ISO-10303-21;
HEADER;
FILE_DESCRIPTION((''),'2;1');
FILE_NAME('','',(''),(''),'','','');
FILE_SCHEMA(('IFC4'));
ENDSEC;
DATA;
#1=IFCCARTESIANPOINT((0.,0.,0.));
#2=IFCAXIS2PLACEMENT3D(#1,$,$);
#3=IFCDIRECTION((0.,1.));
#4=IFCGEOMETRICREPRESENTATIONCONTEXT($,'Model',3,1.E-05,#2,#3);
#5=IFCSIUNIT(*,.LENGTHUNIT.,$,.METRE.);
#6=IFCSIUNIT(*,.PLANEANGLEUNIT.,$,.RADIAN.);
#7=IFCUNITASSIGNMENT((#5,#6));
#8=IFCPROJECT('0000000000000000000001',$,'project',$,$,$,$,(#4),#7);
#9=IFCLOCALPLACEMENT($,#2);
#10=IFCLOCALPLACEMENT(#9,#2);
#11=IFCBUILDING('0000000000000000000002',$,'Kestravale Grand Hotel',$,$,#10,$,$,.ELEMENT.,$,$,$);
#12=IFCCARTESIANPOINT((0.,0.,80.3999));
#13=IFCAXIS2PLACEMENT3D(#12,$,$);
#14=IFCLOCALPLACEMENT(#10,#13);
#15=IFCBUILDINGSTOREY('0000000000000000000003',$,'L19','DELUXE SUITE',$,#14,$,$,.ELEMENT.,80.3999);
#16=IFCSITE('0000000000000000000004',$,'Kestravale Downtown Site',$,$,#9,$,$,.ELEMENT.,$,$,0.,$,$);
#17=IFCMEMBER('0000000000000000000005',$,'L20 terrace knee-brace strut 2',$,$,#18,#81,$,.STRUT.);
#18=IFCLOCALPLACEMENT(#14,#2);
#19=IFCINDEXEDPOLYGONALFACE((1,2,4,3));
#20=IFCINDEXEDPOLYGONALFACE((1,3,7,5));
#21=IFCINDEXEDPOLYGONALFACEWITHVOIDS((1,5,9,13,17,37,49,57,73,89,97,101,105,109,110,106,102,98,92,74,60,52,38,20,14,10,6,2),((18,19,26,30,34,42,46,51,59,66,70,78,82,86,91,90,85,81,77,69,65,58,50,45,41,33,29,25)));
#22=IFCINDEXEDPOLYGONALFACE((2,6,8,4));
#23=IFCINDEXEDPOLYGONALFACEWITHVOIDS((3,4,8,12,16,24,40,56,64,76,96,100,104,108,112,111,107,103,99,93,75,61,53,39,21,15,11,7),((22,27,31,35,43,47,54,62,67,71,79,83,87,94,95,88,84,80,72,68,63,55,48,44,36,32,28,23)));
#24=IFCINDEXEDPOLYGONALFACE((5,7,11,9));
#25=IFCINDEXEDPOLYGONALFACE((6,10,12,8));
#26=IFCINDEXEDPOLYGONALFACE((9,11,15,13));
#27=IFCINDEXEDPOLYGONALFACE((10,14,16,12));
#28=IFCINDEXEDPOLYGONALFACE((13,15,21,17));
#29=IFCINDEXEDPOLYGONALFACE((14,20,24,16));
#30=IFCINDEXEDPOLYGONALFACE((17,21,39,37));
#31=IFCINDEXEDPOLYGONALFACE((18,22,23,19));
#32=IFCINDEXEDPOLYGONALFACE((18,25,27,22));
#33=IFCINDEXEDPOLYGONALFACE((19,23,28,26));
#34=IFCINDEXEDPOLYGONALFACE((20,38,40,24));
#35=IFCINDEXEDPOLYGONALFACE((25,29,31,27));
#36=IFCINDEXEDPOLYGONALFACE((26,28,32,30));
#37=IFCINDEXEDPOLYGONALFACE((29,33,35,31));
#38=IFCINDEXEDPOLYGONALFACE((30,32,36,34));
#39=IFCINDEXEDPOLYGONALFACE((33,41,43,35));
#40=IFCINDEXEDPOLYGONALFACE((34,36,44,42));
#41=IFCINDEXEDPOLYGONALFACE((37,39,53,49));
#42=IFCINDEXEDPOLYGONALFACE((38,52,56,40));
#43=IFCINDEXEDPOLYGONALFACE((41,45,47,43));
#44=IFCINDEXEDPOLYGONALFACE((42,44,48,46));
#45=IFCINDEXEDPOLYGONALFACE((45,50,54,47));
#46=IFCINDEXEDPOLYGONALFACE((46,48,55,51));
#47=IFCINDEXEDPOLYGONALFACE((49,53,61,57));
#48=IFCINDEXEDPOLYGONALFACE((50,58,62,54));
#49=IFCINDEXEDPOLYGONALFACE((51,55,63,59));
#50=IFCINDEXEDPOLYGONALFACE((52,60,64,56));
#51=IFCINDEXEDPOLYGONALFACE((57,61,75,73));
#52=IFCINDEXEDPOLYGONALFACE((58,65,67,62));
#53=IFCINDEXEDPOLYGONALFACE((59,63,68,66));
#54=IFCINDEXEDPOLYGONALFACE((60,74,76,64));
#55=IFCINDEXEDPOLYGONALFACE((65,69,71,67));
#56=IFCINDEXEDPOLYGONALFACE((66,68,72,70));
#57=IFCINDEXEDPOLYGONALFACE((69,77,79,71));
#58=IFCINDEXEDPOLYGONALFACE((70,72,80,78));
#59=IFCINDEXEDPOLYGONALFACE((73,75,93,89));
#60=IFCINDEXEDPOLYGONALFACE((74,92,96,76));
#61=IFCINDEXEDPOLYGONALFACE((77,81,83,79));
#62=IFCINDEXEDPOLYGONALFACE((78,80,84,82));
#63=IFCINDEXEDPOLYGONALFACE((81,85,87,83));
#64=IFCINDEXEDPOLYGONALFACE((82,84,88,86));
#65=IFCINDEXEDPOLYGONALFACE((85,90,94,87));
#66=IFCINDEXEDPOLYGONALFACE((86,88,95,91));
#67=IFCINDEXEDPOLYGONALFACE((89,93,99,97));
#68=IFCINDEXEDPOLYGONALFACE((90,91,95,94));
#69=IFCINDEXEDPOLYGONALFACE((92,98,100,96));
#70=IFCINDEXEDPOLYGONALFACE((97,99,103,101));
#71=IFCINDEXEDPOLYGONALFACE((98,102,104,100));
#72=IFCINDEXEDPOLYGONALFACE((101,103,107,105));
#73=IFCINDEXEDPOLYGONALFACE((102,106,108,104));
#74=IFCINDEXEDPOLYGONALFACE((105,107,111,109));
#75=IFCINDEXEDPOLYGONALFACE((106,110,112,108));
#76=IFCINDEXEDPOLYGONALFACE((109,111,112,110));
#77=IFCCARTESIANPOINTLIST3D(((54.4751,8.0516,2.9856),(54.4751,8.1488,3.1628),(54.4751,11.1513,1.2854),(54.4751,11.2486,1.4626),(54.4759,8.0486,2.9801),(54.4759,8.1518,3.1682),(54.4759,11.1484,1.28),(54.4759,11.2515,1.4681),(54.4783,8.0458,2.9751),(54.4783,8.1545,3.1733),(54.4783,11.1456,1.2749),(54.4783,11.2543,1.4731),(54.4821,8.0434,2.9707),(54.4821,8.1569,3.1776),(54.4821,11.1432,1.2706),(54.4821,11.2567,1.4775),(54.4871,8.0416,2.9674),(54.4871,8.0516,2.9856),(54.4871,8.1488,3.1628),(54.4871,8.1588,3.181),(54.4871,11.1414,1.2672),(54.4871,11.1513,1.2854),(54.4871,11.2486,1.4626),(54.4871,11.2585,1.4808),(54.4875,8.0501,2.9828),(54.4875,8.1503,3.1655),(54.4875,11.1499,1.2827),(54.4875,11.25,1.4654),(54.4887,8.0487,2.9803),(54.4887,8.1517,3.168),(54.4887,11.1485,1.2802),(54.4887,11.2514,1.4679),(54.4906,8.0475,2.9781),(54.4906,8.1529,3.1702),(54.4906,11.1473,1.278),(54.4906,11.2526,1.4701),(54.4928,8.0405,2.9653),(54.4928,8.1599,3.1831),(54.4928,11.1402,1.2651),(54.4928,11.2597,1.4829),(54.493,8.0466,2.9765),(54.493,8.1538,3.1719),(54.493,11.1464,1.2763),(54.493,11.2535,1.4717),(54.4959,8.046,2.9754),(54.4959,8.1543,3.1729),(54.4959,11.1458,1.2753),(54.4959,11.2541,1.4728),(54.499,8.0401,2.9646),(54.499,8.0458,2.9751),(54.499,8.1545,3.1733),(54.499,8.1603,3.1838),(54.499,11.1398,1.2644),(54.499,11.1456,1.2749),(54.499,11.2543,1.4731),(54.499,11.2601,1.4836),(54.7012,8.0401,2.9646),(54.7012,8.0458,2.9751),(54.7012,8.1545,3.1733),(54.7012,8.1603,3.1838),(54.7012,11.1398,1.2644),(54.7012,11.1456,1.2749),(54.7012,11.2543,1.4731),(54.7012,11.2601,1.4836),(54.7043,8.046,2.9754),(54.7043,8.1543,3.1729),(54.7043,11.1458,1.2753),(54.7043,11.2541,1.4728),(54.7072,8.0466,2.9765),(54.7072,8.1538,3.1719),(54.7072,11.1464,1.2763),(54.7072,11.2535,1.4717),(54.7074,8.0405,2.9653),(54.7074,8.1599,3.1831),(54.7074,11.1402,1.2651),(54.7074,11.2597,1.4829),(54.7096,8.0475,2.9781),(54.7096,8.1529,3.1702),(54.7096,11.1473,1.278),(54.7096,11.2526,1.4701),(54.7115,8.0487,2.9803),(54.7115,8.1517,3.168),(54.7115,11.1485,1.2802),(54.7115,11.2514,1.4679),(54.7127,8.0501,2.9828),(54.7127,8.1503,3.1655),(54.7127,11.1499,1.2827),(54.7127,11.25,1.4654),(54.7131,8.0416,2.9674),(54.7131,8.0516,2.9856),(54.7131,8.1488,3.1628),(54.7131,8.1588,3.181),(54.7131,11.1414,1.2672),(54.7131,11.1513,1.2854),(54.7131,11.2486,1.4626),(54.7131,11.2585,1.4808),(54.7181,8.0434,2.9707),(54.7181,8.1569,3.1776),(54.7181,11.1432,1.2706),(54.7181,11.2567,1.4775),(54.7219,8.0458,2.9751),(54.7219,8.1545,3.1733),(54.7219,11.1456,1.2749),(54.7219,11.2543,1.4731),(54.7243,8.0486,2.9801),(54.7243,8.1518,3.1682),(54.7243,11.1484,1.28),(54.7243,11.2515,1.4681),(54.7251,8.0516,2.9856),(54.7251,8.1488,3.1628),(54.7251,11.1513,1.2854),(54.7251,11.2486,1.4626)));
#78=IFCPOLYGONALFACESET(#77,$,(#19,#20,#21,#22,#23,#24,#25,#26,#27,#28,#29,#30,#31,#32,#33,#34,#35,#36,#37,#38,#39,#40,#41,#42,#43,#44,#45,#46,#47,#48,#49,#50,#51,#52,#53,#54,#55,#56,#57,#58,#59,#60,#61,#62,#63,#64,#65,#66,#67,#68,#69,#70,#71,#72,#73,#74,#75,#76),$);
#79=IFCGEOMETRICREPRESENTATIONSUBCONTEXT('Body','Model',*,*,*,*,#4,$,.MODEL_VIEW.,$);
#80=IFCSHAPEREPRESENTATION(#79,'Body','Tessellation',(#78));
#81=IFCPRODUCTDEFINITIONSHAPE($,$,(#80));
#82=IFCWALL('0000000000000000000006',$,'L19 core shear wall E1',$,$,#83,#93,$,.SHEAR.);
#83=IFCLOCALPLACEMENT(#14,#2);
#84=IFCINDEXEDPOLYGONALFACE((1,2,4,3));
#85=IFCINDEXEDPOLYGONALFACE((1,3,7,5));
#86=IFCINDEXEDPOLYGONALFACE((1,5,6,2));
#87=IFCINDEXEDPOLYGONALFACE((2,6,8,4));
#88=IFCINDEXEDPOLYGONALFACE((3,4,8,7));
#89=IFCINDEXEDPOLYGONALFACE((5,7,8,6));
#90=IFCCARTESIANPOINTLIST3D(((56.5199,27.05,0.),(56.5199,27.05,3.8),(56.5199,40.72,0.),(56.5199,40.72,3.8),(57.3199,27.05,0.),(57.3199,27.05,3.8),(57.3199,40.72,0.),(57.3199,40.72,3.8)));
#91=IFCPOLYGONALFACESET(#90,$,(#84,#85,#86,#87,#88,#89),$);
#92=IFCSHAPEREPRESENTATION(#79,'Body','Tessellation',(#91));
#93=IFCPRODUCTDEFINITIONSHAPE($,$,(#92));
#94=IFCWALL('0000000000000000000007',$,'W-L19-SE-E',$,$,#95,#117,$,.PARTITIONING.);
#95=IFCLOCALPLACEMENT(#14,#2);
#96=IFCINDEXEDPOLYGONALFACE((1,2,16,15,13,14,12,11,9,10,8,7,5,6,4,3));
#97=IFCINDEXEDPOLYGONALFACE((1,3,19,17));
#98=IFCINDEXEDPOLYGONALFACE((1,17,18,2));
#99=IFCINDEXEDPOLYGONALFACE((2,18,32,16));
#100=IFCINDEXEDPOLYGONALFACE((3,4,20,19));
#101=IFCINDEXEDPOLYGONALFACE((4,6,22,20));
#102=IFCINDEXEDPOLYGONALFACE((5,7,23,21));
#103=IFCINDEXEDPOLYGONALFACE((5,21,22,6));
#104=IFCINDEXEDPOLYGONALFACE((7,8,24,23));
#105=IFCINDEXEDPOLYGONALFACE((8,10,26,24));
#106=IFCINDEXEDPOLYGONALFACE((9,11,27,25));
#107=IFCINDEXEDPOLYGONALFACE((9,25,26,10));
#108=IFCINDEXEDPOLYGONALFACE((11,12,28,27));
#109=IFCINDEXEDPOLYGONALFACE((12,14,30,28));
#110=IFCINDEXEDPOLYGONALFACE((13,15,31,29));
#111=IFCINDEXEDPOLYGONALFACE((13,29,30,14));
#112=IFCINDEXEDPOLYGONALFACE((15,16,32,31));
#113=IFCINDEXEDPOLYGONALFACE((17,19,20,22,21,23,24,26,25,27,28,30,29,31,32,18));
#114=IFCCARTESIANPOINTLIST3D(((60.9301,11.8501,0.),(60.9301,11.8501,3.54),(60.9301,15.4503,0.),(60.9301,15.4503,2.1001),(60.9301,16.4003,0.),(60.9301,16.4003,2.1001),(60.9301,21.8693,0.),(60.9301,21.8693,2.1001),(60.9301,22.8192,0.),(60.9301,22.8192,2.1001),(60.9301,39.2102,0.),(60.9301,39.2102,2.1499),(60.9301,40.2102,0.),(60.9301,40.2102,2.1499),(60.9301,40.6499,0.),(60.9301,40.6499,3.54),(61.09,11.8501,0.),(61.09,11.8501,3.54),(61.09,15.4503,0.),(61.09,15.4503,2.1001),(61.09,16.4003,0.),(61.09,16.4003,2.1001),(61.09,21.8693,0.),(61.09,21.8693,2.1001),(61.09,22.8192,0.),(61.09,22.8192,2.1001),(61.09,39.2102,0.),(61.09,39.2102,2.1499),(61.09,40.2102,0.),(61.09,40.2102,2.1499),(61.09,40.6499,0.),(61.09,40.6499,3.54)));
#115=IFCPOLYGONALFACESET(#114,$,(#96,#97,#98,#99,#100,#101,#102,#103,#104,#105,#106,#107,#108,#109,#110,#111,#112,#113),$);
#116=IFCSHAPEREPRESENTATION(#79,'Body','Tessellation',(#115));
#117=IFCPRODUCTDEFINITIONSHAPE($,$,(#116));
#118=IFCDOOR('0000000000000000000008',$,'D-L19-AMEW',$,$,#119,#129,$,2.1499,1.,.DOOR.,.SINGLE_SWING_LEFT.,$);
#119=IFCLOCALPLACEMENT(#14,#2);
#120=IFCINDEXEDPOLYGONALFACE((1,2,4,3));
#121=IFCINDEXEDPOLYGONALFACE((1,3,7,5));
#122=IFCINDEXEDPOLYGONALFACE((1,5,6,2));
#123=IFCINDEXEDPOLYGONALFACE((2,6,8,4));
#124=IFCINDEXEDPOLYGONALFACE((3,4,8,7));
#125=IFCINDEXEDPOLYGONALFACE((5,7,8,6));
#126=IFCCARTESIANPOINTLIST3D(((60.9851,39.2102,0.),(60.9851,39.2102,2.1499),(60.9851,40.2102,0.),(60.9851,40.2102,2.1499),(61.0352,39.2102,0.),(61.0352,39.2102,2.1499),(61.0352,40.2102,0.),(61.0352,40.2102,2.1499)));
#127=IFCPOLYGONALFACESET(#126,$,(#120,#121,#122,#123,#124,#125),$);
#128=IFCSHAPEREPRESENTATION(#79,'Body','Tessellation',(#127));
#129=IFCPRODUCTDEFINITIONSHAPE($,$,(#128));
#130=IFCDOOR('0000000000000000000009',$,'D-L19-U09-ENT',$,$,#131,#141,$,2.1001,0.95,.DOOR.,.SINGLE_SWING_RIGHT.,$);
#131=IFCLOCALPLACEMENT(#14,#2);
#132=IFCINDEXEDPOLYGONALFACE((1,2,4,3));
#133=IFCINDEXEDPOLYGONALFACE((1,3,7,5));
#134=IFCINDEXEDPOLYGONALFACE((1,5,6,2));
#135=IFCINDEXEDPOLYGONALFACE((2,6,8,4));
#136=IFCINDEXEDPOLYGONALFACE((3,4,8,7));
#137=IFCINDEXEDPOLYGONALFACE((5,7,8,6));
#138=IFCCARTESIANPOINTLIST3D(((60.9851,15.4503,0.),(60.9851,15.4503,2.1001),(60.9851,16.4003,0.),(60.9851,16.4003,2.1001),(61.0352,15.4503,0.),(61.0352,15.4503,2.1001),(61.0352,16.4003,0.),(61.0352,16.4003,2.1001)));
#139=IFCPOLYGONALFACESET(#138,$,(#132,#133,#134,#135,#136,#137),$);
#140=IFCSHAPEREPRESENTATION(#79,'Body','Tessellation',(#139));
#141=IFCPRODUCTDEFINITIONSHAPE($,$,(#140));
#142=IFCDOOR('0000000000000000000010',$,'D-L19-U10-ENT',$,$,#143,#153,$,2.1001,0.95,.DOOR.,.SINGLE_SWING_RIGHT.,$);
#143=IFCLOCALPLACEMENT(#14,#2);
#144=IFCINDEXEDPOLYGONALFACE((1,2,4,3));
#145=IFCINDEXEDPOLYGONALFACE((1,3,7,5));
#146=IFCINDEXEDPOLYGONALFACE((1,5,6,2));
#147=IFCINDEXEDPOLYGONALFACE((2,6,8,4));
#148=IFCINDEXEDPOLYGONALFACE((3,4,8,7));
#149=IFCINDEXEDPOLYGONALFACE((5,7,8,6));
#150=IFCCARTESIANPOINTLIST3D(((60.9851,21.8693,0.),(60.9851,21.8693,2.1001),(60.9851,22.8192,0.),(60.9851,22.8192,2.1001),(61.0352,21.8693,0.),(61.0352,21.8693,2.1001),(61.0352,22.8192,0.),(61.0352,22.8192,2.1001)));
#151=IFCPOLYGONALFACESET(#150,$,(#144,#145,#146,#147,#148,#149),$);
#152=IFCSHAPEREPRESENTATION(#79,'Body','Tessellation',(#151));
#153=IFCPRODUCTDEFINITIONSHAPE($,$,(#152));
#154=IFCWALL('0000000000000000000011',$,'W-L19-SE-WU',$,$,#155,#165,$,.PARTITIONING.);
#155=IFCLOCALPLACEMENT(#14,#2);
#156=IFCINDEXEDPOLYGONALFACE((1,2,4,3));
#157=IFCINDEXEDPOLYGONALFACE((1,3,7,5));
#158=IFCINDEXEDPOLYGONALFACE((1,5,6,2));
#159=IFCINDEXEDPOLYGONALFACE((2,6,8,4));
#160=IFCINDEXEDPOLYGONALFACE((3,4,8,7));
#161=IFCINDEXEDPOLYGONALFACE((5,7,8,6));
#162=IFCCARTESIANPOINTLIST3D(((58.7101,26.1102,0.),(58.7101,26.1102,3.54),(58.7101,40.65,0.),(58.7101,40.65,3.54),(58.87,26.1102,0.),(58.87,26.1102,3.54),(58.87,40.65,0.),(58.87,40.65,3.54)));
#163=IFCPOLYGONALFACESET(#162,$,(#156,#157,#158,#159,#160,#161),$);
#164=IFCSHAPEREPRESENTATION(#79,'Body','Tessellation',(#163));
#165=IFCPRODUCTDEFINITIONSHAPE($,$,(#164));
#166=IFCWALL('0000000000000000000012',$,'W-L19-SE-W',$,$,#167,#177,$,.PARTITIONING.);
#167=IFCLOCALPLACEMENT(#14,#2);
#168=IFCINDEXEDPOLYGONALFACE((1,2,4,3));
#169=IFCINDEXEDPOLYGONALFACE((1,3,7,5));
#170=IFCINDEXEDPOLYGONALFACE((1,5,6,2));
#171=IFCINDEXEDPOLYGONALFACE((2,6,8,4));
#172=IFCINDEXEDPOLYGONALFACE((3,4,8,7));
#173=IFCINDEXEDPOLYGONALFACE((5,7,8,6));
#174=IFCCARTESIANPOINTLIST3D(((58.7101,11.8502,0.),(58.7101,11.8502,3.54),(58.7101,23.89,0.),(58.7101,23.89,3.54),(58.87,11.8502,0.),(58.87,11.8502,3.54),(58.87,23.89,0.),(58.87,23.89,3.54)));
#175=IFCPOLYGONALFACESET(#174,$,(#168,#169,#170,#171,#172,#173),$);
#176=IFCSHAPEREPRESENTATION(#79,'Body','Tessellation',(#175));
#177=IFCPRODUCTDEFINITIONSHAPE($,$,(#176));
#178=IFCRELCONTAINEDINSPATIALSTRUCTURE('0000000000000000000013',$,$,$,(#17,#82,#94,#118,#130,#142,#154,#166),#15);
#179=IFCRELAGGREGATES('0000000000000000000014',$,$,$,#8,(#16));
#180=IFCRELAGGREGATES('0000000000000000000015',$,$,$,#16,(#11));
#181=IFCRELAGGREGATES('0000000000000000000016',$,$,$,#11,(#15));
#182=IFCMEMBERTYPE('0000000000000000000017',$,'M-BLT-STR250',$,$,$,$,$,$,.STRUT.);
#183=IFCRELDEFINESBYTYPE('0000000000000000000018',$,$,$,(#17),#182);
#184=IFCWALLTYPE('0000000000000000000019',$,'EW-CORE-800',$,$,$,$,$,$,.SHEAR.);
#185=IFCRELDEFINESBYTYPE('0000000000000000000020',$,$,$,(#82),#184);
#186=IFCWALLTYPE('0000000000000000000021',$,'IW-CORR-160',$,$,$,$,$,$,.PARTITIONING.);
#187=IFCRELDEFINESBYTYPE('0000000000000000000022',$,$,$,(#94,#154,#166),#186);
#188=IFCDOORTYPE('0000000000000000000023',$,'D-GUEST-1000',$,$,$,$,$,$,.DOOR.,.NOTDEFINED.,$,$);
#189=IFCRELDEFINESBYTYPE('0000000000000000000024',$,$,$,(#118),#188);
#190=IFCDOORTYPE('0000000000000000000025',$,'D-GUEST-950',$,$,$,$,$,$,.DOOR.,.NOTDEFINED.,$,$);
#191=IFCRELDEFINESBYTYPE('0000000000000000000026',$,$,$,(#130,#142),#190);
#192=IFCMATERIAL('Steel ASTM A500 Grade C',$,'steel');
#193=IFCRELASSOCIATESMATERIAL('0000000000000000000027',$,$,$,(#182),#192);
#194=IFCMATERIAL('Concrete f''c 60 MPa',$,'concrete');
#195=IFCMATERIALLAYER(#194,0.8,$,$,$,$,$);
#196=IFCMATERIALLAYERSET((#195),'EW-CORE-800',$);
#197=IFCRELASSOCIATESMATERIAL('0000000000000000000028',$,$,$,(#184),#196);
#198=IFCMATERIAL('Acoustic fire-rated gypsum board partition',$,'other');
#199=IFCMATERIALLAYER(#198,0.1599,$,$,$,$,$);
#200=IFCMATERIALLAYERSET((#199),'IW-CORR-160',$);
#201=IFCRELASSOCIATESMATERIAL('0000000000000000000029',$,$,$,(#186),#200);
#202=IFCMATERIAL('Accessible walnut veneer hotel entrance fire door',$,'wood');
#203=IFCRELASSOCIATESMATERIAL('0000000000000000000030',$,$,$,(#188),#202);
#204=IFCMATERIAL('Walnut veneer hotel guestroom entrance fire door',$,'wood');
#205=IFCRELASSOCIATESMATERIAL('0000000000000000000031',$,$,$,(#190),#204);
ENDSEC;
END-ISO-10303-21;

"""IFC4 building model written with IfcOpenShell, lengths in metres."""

from ifc_helpers import new_model, si_unit, direction, frame, frame_2d, origin, origin_2d, place, context, subcontext, project, spatial, rectangle, hollow_rectangle, extrude, material, layer, layer_set, material_profile, profile_set, type_object, element, fill, save


model = new_model("IFC4")

# Units and contexts
model_context = context("Model", 3, precision=1e-05, world=origin(), true_north=direction((0.0, 1.0)))
body_context = subcontext(model_context, "Body", "Model", "MODEL_VIEW")
ifc_project = project(units=[si_unit("LENGTHUNIT", "METRE"), si_unit("PLANEANGLEUNIT", "RADIAN")], contexts=[model_context])

# Site, building, storey
site_placement = place(None, origin())
site = spatial("IfcSite", under=ifc_project, at=site_placement, Name="Kestravale Downtown Site", CompositionType="ELEMENT", RefElevation=0.0)
building_placement = place(site_placement, origin())
building = spatial("IfcBuilding", under=site, at=building_placement, Name="Kestravale Grand Hotel", CompositionType="ELEMENT")
storey_placement = place(building_placement, frame((0.0, 0.0, 80.3999)))
storey = spatial("IfcBuildingStorey", under=building, at=storey_placement, Name="L19", Description="DELUXE SUITE", CompositionType="ELEMENT", Elevation=80.3999)

# Member
ifc_material_1 = material(Name="Steel ASTM A500 Grade C", Category="steel")
ifc_material_profile_1 = material_profile(ifc_material_1, hollow_rectangle(XDim=0.25, YDim=0.25, WallThickness=0.012, InnerFilletRadius=0.012, OuterFilletRadius=0.0239, at=origin_2d()))
ifc_profile_set_1 = profile_set([ifc_material_profile_1], Name="Steel ASTM A500 Grade C")
member_type = type_object("IfcMemberType", Name="M-BLT-STR250", PredefinedType="STRUT", material=ifc_profile_set_1)
member_placement = place(storey_placement, frame((54.6001, 11.2, 1.374), z_axis=(0.0, -0.87678, 0.480893), x_axis=(1.0, 0.0, 0.0)))
element("IfcMember", 1, at=member_placement, inside=storey, type_object=member_type, Name="L20 terrace knee-brace strut 2", PredefinedType="STRUT", context=body_context, shape_type="SweptSolid", body=[
    extrude(hollow_rectangle(XDim=0.25, YDim=0.25, WallThickness=0.012, InnerFilletRadius=0.012, OuterFilletRadius=0.0239, at=origin_2d()), origin(), (0.0, 0.0, 1.0), 3.5354),
])

# Wall
ifc_material_2 = material(Name="Concrete f'c 60 MPa", Category="concrete")
ifc_layer_1 = layer(ifc_material_2, 0.8)
ifc_layer_set_1 = layer_set([ifc_layer_1], Name="EW-CORE-800")
wall_type_1 = type_object("IfcWallType", Name="EW-CORE-800", PredefinedType="SHEAR", material=ifc_layer_set_1)
wall_1_placement = place(storey_placement, frame((56.9199, 27.05, 0.0), z_axis=(0.0, 0.0, 1.0), x_axis=(0.0, 1.0, 0.0)))
element("IfcWall", 2, at=wall_1_placement, inside=storey, type_object=wall_type_1, Name="L19 core shear wall E1", PredefinedType="SHEAR", context=body_context, shape_type="SweptSolid", body=[
    extrude(rectangle(XDim=13.6699, YDim=0.8, at=frame_2d((6.835, 0.0))), origin(), (0.0, 0.0, 1.0), 3.8),
])

# Wall, openings, doors
ifc_material_3 = material(Name="Acoustic fire-rated gypsum board partition", Category="other")
ifc_layer_2 = layer(ifc_material_3, 0.1599)
ifc_layer_set_2 = layer_set([ifc_layer_2], Name="IW-CORR-160")
wall_type_2 = type_object("IfcWallType", Name="IW-CORR-160", PredefinedType="PARTITIONING", material=ifc_layer_set_2)
wall_2_placement = place(storey_placement, frame((61.01, 11.8501, 0.0), z_axis=(0.0, 0.0, 1.0), x_axis=(0.0, 1.0, 0.0)))
wall_2 = element("IfcWall", 3, at=wall_2_placement, inside=storey, type_object=wall_type_2, Name="W-L19-SE-E", PredefinedType="PARTITIONING", context=body_context, shape_type="SweptSolid", body=[
    extrude(rectangle(XDim=28.7998, YDim=0.1599, at=frame_2d((14.3999, 0.0))), origin(), (0.0, 0.0, 1.0), 3.54),
])
opening_1_placement = place(wall_2_placement, frame((3.6001, 0.0, 0.0)))
opening_1 = element("IfcOpeningElement", 4, at=opening_1_placement, cuts=wall_2, PredefinedType="OPENING", context=body_context, shape_type="SweptSolid", body=[
    extrude(rectangle(XDim=0.95, YDim=2.1001, at=frame_2d((0.4751, 1.05))), frame((0.0, 0.0898, 0.0), z_axis=(0.0, -1.0, 0.0), x_axis=(1.0, 0.0, 0.0)), (0.0, 0.0, 1.0), 0.1799),
])
opening_2_placement = place(wall_2_placement, frame((10.019, 0.0, 0.0)))
opening_2 = element("IfcOpeningElement", 5, at=opening_2_placement, cuts=wall_2, PredefinedType="OPENING", context=body_context, shape_type="SweptSolid", body=[
    extrude(rectangle(XDim=0.95, YDim=2.1001, at=frame_2d((0.4751, 1.05))), frame((0.0, 0.0898, 0.0), z_axis=(0.0, -1.0, 0.0), x_axis=(1.0, 0.0, 0.0)), (0.0, 0.0, 1.0), 0.1799),
])
opening_3_placement = place(wall_2_placement, frame((27.3601, 0.0, 0.0)))
opening_3 = element("IfcOpeningElement", 6, at=opening_3_placement, cuts=wall_2, PredefinedType="OPENING", context=body_context, shape_type="SweptSolid", body=[
    extrude(rectangle(XDim=1.0, YDim=2.1499, at=frame_2d((0.5, 1.075))), frame((0.0, 0.0898, 0.0), z_axis=(0.0, -1.0, 0.0), x_axis=(1.0, 0.0, 0.0)), (0.0, 0.0, 1.0), 0.1799),
])
ifc_material_4 = material(Name="Accessible walnut veneer hotel entrance fire door", Category="wood")
door_type_1 = type_object("IfcDoorType", Name="D-GUEST-1000", OperationType="NOTDEFINED", PredefinedType="DOOR", material=ifc_material_4)
door_1_placement = place(opening_3_placement, origin())
door_1 = element("IfcDoor", 7, at=door_1_placement, inside=storey, type_object=door_type_1, Name="D-L19-AMEW", OperationType="SINGLE_SWING_LEFT", OverallHeight=2.1499, OverallWidth=1.0, PredefinedType="DOOR", context=body_context, shape_type="SweptSolid", body=[
    extrude(rectangle(XDim=1.0, YDim=2.1499, at=frame_2d((0.5, 1.075))), frame((0.0, 0.0249, 0.0), z_axis=(0.0, -1.0, 0.0), x_axis=(1.0, 0.0, 0.0)), (0.0, 0.0, 1.0), 0.05),
])
fill(opening_3, door_1)
ifc_material_5 = material(Name="Walnut veneer hotel guestroom entrance fire door", Category="wood")
door_type_2 = type_object("IfcDoorType", Name="D-GUEST-950", OperationType="NOTDEFINED", PredefinedType="DOOR", material=ifc_material_5)
door_2_placement = place(opening_1_placement, origin())
door_2 = element("IfcDoor", 8, at=door_2_placement, inside=storey, type_object=door_type_2, Name="D-L19-U09-ENT", OperationType="SINGLE_SWING_RIGHT", OverallHeight=2.1001, OverallWidth=0.95, PredefinedType="DOOR", context=body_context, shape_type="SweptSolid", body=[
    extrude(rectangle(XDim=0.95, YDim=2.1001, at=frame_2d((0.4751, 1.05))), frame((0.0, 0.0249, 0.0), z_axis=(0.0, -1.0, 0.0), x_axis=(1.0, 0.0, 0.0)), (0.0, 0.0, 1.0), 0.05),
])
fill(opening_1, door_2)
door_3_placement = place(opening_2_placement, origin())
door_3 = element("IfcDoor", 9, at=door_3_placement, inside=storey, type_object=door_type_2, Name="D-L19-U10-ENT", OperationType="SINGLE_SWING_RIGHT", OverallHeight=2.1001, OverallWidth=0.95, PredefinedType="DOOR", context=body_context, shape_type="SweptSolid", body=[
    extrude(rectangle(XDim=0.95, YDim=2.1001, at=frame_2d((0.4751, 1.05))), frame((0.0, 0.0249, 0.0), z_axis=(0.0, -1.0, 0.0), x_axis=(1.0, 0.0, 0.0)), (0.0, 0.0, 1.0), 0.05),
])
fill(opening_2, door_3)

# Walls
wall_3_placement = place(storey_placement, frame((58.79, 26.1101, 0.0), z_axis=(0.0, 0.0, 1.0), x_axis=(0.0, 1.0, 0.0)))
element("IfcWall", 10, at=wall_3_placement, inside=storey, type_object=wall_type_2, Name="W-L19-SE-WU", PredefinedType="PARTITIONING", context=body_context, shape_type="SweptSolid", body=[
    extrude(rectangle(XDim=14.5398, YDim=0.1599, at=frame_2d((7.27, 0.0))), origin(), (0.0, 0.0, 1.0), 3.54),
])
wall_4_placement = place(storey_placement, frame((58.79, 11.8501, 0.0), z_axis=(0.0, 0.0, 1.0), x_axis=(0.0, 1.0, 0.0)))
element("IfcWall", 11, at=wall_4_placement, inside=storey, type_object=wall_type_2, Name="W-L19-SE-W", PredefinedType="PARTITIONING", context=body_context, shape_type="SweptSolid", body=[
    extrude(rectangle(XDim=12.0398, YDim=0.1599, at=frame_2d((6.02, 0.0))), origin(), (0.0, 0.0, 1.0), 3.54),
])

save(model, "model.ifc")
